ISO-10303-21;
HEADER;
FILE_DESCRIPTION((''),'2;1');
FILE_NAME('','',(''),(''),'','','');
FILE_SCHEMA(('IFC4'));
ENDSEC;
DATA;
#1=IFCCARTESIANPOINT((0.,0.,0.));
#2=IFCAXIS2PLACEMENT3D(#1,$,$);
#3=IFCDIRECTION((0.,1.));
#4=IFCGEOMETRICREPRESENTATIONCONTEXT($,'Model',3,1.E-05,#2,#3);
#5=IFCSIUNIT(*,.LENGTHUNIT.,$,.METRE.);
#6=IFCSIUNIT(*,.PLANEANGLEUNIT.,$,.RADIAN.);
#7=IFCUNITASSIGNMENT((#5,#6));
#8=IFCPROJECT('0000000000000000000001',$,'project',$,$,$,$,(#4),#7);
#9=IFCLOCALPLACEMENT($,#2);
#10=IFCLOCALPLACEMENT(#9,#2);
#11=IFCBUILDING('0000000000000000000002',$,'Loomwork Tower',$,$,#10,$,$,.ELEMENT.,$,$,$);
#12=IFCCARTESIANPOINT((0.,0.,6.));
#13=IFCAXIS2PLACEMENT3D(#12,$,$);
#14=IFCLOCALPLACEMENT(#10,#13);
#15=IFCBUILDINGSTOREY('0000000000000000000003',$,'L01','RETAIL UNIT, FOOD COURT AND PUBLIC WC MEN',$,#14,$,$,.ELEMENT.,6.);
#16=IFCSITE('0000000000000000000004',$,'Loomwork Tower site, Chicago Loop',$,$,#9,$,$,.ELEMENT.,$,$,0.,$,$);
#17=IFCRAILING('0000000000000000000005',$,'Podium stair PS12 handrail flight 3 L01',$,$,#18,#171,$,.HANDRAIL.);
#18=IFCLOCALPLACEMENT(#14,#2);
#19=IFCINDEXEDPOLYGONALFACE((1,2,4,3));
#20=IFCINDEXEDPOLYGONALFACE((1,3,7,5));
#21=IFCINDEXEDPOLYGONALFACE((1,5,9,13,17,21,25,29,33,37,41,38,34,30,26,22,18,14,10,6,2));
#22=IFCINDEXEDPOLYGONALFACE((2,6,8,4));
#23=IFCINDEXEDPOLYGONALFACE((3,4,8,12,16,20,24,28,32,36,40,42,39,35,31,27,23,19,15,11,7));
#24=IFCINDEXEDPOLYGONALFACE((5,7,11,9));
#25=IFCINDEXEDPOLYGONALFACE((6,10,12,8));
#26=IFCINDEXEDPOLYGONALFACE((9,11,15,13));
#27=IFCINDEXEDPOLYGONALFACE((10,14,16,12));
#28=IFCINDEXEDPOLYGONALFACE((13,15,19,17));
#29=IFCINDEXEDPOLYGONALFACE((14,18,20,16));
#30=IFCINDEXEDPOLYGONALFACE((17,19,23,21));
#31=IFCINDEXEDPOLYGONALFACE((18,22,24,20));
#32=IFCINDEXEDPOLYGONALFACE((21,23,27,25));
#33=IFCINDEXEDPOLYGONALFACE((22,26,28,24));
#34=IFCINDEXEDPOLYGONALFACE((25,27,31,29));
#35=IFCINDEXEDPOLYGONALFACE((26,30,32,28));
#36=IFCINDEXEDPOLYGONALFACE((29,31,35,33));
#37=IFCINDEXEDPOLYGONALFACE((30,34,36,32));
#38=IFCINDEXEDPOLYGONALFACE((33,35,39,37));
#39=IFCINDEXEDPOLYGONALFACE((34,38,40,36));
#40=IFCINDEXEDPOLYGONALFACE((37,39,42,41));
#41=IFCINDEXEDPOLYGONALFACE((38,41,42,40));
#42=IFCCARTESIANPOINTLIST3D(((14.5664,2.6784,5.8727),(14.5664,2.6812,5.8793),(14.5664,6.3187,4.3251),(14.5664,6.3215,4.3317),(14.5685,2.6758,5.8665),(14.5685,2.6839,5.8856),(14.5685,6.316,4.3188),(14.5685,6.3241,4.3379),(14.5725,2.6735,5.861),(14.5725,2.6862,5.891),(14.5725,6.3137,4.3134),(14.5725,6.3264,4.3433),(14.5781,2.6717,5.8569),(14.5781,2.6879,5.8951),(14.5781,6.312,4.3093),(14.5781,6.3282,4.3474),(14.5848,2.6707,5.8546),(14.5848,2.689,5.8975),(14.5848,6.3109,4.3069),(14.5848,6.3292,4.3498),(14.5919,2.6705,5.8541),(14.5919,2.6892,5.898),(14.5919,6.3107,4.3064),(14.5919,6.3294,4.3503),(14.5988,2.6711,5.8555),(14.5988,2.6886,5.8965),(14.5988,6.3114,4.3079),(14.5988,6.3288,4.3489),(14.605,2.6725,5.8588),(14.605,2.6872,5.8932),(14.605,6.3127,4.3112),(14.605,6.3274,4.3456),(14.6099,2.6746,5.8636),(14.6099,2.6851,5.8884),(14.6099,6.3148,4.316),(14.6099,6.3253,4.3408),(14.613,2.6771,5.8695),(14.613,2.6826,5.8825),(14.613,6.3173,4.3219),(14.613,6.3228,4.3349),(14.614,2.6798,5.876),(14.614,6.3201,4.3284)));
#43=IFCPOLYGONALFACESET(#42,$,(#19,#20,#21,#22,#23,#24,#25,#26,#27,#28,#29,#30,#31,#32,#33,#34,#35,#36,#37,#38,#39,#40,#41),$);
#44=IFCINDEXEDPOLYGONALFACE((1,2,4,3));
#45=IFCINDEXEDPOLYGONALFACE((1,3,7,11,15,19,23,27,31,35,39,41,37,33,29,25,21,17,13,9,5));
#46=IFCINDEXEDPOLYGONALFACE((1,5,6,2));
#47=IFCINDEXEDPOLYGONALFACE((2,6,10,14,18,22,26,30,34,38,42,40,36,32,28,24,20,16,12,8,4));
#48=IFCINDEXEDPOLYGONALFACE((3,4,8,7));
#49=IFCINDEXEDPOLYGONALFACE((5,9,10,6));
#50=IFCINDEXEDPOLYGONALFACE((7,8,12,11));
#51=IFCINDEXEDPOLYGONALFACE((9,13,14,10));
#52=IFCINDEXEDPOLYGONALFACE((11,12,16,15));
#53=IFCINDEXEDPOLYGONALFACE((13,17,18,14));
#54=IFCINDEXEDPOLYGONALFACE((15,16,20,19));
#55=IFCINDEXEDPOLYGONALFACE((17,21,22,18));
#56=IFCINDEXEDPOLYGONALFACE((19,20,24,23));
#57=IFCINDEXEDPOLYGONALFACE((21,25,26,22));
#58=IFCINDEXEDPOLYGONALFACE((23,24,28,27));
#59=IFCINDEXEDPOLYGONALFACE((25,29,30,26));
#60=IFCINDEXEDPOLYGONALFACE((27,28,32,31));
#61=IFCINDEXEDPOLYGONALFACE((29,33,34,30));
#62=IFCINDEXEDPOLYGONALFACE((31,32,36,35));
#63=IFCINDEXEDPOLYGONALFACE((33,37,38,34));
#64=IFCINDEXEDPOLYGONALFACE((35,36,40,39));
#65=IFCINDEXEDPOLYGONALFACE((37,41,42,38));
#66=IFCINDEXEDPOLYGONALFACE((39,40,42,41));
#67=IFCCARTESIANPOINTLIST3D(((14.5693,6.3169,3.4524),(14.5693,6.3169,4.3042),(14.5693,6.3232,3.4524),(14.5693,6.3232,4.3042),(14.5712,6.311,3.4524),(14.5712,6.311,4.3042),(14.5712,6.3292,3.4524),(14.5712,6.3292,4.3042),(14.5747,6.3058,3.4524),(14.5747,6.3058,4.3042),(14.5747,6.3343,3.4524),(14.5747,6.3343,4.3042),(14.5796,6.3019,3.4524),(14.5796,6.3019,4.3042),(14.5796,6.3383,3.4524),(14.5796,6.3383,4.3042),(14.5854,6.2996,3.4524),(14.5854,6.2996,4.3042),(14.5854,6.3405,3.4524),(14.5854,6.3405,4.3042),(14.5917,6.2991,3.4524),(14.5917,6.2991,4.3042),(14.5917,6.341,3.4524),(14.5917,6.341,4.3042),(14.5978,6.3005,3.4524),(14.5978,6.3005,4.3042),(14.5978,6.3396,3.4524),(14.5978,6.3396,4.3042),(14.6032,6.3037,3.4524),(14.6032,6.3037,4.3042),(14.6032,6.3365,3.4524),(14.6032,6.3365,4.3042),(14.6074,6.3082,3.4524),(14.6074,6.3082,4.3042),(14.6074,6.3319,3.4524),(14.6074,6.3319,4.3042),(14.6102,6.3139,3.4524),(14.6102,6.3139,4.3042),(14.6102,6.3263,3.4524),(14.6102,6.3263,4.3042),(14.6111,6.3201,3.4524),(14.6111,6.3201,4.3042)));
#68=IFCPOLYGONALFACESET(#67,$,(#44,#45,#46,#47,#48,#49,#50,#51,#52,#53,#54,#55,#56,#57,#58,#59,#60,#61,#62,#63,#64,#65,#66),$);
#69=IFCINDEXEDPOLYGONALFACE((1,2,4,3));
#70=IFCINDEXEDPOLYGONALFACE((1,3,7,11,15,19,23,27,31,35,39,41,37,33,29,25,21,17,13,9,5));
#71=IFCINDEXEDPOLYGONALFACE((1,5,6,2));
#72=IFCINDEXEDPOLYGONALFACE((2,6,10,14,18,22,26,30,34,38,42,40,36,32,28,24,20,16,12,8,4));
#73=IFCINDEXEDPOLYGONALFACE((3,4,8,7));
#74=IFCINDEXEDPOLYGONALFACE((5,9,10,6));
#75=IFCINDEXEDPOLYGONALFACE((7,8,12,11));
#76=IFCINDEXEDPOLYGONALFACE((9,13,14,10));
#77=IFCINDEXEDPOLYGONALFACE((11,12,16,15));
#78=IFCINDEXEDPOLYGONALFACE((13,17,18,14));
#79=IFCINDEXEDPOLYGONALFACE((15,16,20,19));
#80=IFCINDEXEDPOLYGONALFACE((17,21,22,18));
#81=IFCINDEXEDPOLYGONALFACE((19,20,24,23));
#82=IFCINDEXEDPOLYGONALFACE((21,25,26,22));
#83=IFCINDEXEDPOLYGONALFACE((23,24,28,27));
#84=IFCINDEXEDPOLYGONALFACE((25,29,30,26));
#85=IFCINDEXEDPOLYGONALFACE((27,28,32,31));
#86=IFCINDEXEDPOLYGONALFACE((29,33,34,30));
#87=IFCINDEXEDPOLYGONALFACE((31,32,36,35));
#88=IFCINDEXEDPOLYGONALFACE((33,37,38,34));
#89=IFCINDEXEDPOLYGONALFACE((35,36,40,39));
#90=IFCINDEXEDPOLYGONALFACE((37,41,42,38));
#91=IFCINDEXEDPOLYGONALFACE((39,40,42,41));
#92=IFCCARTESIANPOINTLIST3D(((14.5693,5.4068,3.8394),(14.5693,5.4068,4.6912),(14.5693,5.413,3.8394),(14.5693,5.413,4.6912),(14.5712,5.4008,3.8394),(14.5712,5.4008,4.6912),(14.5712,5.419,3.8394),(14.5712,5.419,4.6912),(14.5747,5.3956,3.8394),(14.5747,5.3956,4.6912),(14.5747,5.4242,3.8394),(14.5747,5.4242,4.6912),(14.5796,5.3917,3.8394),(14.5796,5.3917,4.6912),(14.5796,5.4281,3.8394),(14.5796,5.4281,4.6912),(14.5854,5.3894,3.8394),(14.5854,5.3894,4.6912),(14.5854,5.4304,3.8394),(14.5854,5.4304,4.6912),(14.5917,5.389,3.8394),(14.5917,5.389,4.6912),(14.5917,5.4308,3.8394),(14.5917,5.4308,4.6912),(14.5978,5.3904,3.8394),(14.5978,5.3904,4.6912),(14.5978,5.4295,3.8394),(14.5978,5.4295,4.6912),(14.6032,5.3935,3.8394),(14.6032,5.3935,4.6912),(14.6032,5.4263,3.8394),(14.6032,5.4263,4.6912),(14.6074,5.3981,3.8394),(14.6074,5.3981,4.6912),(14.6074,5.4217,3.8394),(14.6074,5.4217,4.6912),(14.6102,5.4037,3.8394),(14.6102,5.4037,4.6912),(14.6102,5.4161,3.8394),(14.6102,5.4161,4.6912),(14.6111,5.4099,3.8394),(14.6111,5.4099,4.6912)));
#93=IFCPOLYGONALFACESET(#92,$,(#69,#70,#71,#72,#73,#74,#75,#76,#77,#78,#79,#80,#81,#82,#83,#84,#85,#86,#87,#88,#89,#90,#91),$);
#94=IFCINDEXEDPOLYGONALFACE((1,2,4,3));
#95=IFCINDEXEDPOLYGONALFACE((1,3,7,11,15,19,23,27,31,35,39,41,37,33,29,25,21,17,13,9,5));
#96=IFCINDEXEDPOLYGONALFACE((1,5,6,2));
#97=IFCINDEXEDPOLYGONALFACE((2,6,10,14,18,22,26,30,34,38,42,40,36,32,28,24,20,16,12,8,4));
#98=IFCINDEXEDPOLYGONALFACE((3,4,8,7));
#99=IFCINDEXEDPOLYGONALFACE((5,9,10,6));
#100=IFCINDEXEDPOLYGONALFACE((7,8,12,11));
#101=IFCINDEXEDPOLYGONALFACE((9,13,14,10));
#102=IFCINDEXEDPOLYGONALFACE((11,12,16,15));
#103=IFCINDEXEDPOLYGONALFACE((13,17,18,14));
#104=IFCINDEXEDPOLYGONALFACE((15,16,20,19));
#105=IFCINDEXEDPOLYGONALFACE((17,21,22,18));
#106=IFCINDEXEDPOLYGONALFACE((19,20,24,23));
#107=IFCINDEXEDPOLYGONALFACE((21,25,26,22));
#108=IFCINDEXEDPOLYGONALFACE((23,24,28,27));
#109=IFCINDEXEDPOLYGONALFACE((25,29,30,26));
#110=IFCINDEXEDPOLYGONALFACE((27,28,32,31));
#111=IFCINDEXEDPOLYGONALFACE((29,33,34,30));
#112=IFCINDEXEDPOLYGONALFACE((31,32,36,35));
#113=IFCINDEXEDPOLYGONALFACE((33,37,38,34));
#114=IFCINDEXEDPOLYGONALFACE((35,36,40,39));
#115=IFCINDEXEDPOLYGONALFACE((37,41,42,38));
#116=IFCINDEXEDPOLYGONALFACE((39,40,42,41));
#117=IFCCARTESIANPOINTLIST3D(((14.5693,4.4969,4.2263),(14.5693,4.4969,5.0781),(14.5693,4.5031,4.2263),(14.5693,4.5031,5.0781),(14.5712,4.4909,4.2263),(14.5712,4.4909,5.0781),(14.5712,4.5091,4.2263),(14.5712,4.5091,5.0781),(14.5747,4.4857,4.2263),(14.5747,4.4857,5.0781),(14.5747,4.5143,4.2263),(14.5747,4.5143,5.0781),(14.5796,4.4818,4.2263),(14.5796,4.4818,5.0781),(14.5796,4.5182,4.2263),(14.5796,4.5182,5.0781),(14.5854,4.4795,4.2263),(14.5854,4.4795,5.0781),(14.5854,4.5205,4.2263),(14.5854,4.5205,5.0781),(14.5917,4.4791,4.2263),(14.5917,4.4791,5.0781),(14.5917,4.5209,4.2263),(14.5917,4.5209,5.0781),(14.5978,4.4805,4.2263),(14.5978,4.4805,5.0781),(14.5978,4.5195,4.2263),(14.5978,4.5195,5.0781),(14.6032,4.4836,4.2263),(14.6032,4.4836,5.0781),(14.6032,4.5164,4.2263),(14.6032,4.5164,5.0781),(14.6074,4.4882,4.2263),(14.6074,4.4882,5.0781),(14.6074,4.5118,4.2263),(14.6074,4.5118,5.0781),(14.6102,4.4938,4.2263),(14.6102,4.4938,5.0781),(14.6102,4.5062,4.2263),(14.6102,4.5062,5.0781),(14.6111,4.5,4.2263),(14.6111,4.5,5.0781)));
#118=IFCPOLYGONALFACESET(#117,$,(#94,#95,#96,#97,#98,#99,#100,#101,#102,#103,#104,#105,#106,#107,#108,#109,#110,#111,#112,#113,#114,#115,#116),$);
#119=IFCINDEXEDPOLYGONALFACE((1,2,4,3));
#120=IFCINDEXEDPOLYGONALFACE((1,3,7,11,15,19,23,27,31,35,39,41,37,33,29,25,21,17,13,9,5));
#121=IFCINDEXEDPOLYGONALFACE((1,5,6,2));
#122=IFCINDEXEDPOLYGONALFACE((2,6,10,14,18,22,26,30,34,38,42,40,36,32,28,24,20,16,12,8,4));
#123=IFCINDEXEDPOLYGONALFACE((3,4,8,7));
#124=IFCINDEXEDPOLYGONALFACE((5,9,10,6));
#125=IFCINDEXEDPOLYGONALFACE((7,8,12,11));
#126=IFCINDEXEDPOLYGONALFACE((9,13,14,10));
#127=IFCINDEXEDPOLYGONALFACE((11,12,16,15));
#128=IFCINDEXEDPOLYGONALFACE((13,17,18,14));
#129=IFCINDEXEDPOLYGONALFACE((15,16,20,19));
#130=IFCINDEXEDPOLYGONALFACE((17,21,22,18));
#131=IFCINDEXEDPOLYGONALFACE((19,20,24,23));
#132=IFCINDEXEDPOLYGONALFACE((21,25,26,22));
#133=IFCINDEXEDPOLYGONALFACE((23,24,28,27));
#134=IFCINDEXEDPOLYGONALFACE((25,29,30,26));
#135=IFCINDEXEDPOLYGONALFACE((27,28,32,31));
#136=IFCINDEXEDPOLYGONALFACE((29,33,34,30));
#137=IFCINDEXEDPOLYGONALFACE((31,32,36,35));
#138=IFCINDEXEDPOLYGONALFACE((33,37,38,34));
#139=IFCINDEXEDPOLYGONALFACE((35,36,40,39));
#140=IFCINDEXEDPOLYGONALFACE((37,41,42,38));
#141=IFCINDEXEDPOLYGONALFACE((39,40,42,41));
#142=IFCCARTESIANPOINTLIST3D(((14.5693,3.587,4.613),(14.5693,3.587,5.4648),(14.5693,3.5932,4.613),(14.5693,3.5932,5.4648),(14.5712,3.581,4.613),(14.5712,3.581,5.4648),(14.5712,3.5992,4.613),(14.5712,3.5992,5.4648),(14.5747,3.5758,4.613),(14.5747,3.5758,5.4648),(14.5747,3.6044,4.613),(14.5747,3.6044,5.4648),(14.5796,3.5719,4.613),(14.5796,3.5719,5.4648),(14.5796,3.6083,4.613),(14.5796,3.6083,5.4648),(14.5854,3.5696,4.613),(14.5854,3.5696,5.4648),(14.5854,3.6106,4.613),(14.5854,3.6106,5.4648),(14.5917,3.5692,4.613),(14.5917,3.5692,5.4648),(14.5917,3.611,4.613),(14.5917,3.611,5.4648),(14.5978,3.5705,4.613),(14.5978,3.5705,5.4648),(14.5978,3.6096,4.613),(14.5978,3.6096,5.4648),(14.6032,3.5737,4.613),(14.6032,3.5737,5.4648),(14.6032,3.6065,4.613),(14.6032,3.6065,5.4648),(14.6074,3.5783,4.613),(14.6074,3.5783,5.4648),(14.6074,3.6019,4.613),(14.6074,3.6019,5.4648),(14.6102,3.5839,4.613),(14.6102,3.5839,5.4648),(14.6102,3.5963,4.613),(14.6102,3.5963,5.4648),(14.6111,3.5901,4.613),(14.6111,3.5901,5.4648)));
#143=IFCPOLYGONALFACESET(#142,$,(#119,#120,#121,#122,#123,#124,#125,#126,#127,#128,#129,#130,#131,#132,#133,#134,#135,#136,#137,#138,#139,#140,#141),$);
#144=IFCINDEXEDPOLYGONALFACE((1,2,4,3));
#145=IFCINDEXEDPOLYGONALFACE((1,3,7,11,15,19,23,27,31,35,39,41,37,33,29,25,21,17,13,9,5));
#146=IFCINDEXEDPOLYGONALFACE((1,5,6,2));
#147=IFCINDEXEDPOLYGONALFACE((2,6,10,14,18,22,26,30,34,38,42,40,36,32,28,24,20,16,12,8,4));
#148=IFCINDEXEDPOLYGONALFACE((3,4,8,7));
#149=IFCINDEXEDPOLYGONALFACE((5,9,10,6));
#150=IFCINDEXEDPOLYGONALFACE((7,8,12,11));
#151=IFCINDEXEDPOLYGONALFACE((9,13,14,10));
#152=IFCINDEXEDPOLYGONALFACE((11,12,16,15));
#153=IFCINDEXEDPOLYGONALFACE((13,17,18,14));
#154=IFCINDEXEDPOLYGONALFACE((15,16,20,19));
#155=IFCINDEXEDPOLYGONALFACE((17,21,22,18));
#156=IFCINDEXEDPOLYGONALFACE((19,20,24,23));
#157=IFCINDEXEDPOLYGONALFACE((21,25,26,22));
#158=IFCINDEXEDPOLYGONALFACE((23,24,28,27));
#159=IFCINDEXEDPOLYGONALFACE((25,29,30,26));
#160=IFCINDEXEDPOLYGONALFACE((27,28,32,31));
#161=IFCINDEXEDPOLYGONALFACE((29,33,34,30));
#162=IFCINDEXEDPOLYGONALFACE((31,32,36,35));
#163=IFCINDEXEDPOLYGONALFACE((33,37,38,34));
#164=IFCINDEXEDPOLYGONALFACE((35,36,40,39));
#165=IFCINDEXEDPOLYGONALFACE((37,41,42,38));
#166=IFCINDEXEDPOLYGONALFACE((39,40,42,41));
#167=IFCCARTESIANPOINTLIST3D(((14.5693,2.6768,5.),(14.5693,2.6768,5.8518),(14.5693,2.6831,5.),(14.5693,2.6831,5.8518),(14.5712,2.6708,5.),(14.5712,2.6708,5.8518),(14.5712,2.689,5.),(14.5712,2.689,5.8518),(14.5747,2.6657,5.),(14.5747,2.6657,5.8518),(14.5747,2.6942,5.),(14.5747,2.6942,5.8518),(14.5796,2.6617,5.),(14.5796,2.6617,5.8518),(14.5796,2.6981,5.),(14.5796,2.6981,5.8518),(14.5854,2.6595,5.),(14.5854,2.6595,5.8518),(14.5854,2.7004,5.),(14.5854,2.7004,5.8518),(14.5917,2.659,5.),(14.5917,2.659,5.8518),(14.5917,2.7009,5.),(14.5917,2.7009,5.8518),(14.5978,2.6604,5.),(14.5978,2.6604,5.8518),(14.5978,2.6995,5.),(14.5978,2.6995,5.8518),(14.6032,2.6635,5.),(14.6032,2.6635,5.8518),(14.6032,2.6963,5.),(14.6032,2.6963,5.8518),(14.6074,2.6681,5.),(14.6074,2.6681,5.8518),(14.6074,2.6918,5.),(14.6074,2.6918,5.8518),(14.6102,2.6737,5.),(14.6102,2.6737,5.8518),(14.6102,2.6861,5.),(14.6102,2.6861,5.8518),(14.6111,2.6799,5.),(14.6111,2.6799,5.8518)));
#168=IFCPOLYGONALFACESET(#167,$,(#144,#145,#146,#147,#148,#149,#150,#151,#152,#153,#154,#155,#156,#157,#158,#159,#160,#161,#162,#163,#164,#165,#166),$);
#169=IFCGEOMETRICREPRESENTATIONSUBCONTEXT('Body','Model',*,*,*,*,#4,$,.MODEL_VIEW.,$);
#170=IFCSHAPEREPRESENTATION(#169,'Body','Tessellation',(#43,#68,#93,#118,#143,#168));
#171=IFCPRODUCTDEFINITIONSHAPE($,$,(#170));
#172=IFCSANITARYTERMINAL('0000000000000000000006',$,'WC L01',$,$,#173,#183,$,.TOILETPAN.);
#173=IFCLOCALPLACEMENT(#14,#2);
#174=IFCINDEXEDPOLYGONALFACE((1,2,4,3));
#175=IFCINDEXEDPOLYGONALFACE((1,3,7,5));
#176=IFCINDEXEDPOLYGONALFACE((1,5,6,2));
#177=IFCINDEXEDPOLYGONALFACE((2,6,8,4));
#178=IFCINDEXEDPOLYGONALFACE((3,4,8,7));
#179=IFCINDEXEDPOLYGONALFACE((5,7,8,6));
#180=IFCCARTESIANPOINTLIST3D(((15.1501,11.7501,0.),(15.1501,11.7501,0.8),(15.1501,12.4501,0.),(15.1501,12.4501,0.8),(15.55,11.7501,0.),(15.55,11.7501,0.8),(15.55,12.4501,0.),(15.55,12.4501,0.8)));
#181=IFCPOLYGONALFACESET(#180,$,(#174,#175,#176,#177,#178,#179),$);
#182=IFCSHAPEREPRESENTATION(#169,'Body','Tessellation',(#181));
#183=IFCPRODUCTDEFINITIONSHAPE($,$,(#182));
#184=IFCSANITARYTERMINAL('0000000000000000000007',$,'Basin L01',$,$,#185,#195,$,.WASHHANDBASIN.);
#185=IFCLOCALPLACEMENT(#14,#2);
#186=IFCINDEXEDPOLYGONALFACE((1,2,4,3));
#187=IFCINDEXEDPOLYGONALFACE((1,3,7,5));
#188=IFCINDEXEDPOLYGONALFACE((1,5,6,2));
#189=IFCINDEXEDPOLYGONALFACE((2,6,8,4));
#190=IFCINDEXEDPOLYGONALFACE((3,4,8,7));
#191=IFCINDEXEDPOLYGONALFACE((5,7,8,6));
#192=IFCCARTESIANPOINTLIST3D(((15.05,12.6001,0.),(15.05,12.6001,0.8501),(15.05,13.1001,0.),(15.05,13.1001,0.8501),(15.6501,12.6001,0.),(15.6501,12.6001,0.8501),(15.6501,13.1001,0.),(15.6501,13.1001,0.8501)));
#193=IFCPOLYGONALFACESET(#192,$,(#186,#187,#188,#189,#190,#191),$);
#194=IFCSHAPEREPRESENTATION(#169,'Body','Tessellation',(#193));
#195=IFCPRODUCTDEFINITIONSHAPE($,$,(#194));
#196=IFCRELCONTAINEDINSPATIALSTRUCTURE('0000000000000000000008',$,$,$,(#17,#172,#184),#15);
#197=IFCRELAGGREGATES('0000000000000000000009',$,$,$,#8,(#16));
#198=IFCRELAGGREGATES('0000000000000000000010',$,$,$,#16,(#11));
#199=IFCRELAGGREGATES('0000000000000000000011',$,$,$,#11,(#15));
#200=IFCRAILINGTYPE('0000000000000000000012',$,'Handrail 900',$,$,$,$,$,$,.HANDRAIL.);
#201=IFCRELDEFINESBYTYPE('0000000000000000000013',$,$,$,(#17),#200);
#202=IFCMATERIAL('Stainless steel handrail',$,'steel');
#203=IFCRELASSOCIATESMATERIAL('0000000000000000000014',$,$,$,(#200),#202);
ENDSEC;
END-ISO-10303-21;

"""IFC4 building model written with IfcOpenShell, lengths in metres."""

from ifc_helpers import new_model, si_unit, direction, frame, origin, origin_2d, place, context, subcontext, project, spatial, rectangle, circle, extrude, material, type_object, element, save


model = new_model("IFC4")

# Units and contexts
model_context = context("Model", 3, precision=1e-05, world=origin(), true_north=direction((0.0, 1.0)))
body_context = subcontext(model_context, "Body", "Model", "MODEL_VIEW")
ifc_project = project(units=[si_unit("LENGTHUNIT", "METRE"), si_unit("PLANEANGLEUNIT", "RADIAN")], contexts=[model_context])

# Site, building, storey
site_placement = place(None, origin())
site = spatial("IfcSite", under=ifc_project, at=site_placement, Name="Loomwork Tower site, Chicago Loop", CompositionType="ELEMENT", RefElevation=0.0)
building_placement = place(site_placement, origin())
building = spatial("IfcBuilding", under=site, at=building_placement, Name="Loomwork Tower", CompositionType="ELEMENT")
storey_placement = place(building_placement, frame((0.0, 0.0, 6.0)))
storey = spatial("IfcBuildingStorey", under=building, at=storey_placement, Name="L01", Description="RETAIL UNIT, FOOD COURT AND PUBLIC WC MEN", CompositionType="ELEMENT", Elevation=6.0)

# Railing
ifc_material_1 = material(Name="Stainless steel handrail", Category="steel")
railing_type = type_object("IfcRailingType", Name="Handrail 900", PredefinedType="HANDRAIL", material=ifc_material_1)
railing_1_placement = place(storey_placement, frame((14.5901, 6.3201, 3.4524)))
element("IfcRailing", 1, at=railing_1_placement, inside=storey, type_object=railing_type, Name="Podium stair PS12 handrail flight 3 L01", PredefinedType="HANDRAIL", context=body_context, shape_type="SweptSolid", body=[
    extrude(circle(Radius=0.0239, at=origin_2d()), frame((0.0, 0.0, 0.876), z_axis=(0.0, -0.920281, 0.391258), x_axis=(1.0, 0.0, 0.0)), (0.0, 0.0, 1.0), 3.9556),
    extrude(circle(Radius=0.021, at=origin_2d()), origin(), (0.0, 0.0, 1.0), 0.8518),
    extrude(circle(Radius=0.021, at=origin_2d()), frame((0.0, -0.9102, 0.387)), (0.0, 0.0, 1.0), 0.8518),
    extrude(circle(Radius=0.021, at=origin_2d()), frame((0.0, -1.8201, 0.7739)), (0.0, 0.0, 1.0), 0.8518),
    extrude(circle(Radius=0.021, at=origin_2d()), frame((0.0, -2.73, 1.1606)), (0.0, 0.0, 1.0), 0.8518),
    extrude(circle(Radius=0.021, at=origin_2d()), frame((0.0, -3.6401, 1.5476)), (0.0, 0.0, 1.0), 0.8518),
])

# Sanitary terminals
sanitary_terminal_1_placement = place(storey_placement, frame((15.3501, 12.1001, 0.0), z_axis=(0.0, 0.0, 1.0), x_axis=(1.0, 0.0, 0.0)))
element("IfcSanitaryTerminal", 2, at=sanitary_terminal_1_placement, inside=storey, Name="WC L01", PredefinedType="TOILETPAN", context=body_context, shape_type="SweptSolid", body=[
    extrude(rectangle(XDim=0.3999, YDim=0.7, at=origin_2d()), origin(), (0.0, 0.0, 1.0), 0.8),
])
sanitary_terminal_2_placement = place(storey_placement, frame((15.3501, 12.8501, 0.0), z_axis=(0.0, 0.0, 1.0), x_axis=(1.0, 0.0, 0.0)))
element("IfcSanitaryTerminal", 3, at=sanitary_terminal_2_placement, inside=storey, Name="Basin L01", PredefinedType="WASHHANDBASIN", context=body_context, shape_type="SweptSolid", body=[
    extrude(rectangle(XDim=0.6001, YDim=0.5, at=origin_2d()), origin(), (0.0, 0.0, 1.0), 0.8501),
])

save(model, "model.ifc")
